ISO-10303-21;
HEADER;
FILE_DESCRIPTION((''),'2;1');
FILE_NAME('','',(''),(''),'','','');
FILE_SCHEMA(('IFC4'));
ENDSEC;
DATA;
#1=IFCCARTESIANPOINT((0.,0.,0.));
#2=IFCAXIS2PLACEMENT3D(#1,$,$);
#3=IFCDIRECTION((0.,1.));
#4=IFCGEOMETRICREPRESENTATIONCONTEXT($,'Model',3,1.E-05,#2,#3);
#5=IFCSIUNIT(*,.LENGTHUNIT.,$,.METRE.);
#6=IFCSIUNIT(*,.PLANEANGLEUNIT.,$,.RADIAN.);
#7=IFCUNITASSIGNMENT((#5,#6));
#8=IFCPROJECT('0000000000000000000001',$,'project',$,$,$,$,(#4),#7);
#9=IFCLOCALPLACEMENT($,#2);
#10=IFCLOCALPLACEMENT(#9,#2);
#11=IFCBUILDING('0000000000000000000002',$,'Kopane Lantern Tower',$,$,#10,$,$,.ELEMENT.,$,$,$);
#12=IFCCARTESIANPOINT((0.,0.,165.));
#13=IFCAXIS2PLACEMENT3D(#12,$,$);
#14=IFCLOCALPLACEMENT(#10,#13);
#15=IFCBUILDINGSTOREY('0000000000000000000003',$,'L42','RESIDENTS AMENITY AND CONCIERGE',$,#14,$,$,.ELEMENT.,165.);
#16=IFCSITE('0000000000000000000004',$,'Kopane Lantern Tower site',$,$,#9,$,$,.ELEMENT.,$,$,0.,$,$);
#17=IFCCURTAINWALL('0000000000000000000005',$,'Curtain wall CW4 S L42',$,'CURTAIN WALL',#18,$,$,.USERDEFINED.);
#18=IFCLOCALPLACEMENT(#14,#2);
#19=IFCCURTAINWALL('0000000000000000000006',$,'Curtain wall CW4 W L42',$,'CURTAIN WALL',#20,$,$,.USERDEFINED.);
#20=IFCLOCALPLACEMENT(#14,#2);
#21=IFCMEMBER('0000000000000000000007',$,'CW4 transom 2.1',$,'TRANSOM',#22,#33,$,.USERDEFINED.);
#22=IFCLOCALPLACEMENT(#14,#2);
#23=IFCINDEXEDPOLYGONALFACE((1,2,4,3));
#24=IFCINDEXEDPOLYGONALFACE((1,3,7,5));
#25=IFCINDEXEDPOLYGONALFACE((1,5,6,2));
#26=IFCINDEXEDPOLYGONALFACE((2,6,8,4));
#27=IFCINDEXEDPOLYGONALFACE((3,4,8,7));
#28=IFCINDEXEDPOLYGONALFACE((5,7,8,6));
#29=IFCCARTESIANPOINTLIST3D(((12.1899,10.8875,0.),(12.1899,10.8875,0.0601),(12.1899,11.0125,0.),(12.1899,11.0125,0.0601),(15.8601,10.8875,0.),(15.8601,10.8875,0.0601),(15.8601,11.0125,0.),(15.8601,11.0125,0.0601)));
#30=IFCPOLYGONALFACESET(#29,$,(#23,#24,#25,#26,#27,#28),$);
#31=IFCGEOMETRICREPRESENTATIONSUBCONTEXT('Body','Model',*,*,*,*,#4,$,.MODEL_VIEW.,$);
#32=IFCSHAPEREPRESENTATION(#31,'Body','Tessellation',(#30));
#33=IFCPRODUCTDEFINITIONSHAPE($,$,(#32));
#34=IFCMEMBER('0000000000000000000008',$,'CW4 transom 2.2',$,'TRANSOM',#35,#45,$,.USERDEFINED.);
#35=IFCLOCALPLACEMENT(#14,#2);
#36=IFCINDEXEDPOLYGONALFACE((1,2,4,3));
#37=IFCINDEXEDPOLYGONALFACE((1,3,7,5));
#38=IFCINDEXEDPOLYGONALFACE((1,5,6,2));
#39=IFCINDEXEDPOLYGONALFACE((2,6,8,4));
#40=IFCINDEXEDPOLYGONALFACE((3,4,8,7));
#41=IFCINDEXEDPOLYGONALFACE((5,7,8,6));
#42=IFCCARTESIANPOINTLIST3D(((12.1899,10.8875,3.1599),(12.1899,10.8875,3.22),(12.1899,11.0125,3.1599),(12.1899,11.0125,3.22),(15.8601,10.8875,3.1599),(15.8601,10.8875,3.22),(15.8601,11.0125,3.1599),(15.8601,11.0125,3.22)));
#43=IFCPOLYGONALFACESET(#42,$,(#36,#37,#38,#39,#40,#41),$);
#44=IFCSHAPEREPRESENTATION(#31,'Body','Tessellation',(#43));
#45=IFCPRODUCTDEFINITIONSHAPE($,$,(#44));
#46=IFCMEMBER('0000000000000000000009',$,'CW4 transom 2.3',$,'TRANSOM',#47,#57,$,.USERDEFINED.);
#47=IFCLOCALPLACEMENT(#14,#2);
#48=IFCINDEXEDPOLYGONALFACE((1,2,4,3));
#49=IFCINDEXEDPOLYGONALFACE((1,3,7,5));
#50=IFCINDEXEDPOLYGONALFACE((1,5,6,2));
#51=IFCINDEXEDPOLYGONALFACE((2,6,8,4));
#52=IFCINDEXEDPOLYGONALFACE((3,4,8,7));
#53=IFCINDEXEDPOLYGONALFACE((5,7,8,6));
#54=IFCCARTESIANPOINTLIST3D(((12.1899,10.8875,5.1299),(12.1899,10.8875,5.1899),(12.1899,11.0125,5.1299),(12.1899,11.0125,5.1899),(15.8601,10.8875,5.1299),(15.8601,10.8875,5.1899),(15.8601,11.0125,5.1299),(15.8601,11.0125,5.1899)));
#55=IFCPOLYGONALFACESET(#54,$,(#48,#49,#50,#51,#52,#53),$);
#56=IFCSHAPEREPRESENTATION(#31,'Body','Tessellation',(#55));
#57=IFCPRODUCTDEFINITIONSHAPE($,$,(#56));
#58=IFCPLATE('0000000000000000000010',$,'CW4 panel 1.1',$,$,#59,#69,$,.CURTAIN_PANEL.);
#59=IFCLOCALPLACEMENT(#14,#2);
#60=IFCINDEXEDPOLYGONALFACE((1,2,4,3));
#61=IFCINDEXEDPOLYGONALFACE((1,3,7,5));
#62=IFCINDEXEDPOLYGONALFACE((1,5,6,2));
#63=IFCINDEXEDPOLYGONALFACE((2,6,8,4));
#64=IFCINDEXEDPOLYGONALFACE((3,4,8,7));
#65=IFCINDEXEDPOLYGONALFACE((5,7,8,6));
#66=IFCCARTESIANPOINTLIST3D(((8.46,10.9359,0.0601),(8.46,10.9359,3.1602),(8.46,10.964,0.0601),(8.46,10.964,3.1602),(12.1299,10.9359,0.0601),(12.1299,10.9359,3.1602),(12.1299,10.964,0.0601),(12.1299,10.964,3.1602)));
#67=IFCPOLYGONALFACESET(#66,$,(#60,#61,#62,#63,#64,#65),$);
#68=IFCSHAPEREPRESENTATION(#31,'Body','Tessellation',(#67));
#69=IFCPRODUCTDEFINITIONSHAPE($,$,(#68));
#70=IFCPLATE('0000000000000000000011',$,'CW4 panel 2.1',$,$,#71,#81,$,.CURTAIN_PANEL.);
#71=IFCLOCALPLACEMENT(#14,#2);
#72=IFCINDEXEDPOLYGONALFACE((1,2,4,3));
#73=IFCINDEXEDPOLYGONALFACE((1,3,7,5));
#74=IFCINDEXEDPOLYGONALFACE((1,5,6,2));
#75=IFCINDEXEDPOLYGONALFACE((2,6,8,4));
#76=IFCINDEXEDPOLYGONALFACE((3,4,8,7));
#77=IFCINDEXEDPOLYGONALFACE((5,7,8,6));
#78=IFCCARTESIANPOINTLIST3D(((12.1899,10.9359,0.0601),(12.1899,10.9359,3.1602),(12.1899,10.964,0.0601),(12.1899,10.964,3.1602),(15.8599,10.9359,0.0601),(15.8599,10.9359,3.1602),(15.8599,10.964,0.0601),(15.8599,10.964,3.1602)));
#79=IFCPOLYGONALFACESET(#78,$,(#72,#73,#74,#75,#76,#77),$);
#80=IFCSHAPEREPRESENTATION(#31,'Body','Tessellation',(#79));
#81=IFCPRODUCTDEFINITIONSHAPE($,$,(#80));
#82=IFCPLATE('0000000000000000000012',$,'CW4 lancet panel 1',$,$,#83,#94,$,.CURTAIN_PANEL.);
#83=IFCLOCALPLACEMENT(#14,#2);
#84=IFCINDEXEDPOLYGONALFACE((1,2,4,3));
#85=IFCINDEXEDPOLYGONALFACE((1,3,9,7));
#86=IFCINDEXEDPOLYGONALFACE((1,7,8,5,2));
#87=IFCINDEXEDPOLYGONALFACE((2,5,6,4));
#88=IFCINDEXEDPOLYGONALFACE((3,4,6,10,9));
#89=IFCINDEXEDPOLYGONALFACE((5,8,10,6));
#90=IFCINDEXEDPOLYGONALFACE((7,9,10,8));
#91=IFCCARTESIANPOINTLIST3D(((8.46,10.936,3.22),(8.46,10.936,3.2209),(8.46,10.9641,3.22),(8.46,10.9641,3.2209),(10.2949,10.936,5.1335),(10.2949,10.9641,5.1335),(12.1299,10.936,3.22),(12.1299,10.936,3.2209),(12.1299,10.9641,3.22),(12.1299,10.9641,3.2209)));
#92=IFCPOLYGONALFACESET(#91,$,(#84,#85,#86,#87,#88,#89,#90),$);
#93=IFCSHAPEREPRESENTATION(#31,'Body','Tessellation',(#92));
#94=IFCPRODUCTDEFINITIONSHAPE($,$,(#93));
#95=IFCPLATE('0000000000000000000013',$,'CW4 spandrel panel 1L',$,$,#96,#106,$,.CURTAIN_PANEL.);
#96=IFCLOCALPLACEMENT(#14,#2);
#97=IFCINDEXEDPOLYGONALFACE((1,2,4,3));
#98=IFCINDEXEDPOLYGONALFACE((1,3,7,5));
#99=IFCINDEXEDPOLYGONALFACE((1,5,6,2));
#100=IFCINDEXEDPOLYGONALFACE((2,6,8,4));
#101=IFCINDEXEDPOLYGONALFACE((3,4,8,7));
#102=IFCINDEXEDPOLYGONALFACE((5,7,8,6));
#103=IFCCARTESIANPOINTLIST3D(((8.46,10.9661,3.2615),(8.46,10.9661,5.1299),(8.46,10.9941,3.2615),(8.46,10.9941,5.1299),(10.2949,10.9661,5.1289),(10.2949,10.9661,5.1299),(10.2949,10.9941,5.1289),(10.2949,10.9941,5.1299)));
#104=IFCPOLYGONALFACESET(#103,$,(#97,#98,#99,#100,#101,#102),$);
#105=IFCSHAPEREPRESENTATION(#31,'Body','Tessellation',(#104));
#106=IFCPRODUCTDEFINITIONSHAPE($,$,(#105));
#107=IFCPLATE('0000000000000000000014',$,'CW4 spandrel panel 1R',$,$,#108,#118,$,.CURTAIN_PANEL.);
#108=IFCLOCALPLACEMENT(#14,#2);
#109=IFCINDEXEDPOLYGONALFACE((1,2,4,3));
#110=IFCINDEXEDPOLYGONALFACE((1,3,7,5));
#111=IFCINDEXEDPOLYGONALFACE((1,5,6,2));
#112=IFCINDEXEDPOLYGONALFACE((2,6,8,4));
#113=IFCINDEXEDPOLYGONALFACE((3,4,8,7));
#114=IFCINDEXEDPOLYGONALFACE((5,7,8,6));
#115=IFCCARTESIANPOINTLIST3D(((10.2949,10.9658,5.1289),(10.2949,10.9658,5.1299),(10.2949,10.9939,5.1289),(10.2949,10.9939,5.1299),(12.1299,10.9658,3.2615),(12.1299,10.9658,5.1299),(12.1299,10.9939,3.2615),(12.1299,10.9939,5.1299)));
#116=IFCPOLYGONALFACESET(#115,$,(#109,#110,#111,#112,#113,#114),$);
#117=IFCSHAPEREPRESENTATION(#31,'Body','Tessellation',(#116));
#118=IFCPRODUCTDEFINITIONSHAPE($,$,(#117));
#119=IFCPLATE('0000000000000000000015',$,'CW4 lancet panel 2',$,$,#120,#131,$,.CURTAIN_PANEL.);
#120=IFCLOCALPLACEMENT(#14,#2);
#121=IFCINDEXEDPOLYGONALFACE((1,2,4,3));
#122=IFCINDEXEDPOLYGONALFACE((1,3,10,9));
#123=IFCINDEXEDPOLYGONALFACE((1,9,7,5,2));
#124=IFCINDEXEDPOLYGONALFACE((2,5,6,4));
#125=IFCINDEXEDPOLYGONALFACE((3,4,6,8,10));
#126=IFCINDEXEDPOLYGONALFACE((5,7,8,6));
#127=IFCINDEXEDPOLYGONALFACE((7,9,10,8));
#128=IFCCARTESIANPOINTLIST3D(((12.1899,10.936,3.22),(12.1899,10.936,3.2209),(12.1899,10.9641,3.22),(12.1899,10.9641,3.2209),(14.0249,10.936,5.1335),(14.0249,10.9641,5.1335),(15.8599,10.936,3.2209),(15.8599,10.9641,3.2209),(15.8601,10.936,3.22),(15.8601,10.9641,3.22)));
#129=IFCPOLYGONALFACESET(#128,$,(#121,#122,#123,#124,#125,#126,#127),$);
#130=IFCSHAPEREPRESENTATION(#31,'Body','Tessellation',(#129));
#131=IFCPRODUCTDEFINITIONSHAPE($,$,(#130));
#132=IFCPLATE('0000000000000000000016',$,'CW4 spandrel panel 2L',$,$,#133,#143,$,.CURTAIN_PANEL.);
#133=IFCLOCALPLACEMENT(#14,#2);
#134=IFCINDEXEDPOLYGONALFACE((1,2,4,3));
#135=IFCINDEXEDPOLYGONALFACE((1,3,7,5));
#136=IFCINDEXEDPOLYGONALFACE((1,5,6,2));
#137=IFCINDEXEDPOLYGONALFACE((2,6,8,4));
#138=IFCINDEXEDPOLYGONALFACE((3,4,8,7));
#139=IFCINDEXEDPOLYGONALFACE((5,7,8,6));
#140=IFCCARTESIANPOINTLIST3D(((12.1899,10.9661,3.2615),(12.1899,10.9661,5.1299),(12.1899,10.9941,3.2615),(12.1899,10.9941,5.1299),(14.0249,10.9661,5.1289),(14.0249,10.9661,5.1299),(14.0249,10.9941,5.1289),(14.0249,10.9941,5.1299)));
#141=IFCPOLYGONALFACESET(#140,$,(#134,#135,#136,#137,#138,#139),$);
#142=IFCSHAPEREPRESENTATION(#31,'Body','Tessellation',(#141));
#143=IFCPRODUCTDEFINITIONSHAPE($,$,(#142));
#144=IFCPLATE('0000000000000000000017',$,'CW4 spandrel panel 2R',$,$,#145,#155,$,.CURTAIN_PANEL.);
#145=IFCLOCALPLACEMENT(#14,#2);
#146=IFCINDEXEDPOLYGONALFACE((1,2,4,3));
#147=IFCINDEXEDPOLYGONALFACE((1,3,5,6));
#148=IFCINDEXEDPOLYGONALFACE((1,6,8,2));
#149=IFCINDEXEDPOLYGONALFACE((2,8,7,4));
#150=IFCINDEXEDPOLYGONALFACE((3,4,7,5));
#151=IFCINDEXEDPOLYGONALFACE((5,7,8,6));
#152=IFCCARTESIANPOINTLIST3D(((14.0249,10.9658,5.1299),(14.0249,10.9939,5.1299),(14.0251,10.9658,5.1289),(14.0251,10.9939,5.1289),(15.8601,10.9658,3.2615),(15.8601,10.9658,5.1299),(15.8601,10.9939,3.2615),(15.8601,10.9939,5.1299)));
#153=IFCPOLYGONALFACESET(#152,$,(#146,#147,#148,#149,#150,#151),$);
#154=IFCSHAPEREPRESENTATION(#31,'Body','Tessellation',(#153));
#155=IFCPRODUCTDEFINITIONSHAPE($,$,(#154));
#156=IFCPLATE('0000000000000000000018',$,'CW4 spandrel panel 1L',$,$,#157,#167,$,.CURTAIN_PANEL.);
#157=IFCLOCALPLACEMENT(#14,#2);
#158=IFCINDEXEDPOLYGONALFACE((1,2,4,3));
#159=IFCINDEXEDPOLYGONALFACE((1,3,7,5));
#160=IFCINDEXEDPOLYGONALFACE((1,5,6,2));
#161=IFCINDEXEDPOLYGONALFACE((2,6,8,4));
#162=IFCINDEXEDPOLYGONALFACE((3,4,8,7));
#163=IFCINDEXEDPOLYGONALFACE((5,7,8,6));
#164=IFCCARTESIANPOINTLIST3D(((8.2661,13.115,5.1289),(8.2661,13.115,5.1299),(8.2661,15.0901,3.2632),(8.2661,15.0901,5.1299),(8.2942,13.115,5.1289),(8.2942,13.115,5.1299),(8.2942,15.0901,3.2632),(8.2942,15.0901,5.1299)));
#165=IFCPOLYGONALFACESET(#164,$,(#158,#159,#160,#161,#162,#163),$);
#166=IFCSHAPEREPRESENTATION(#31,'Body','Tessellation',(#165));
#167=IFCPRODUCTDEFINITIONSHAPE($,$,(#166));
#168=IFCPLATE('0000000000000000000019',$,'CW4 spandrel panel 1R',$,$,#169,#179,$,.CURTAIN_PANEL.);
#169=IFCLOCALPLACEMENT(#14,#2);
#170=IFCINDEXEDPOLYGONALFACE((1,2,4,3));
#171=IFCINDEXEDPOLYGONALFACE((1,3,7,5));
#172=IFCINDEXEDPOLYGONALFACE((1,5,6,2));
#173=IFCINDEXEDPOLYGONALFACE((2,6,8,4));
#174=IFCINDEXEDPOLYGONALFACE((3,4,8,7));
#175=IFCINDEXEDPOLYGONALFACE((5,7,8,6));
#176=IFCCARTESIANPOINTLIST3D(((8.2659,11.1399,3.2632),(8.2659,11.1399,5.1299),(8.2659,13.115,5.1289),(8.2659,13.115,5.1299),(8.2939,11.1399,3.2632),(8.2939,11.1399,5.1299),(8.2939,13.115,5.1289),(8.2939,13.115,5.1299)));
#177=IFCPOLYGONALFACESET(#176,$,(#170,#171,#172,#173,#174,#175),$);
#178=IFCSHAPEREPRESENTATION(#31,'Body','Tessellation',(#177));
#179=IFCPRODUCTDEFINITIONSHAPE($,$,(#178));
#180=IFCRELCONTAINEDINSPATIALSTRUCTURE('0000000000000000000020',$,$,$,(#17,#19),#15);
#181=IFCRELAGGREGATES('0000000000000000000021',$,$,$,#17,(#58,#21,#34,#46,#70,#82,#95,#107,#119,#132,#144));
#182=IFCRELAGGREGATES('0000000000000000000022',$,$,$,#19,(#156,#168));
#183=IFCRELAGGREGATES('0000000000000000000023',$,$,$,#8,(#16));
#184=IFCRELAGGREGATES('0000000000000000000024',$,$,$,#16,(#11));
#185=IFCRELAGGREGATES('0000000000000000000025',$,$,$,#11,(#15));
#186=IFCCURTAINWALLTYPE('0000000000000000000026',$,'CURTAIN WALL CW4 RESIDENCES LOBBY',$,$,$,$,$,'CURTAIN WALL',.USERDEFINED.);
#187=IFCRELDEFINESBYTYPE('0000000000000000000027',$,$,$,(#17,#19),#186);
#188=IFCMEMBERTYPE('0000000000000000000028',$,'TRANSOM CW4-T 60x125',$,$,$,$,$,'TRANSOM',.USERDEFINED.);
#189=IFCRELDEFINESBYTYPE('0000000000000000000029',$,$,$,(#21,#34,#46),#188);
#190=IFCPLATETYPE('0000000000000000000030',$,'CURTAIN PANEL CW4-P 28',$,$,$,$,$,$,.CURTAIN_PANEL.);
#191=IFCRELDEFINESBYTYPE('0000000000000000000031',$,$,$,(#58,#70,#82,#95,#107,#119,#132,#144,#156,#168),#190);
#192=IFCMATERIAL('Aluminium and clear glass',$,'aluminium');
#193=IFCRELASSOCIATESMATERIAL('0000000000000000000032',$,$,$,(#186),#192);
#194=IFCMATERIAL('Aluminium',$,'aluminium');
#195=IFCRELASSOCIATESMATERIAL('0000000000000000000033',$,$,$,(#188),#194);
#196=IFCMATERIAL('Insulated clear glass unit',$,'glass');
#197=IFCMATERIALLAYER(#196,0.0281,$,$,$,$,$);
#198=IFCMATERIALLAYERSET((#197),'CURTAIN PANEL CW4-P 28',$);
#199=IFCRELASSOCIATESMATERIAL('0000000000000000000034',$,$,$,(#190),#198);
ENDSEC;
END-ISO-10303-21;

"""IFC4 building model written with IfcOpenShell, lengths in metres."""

from ifc_helpers import new_model, si_unit, direction, frame, origin, origin_2d, place, context, subcontext, project, spatial, polyline, rectangle, outline, extrude, material, layer, layer_set, material_profile, profile_set, type_object, element, aggregate, save


model = new_model("IFC4")

# Units and contexts
model_context = context("Model", 3, precision=1e-05, world=origin(), true_north=direction((0.0, 1.0)))
body_context = subcontext(model_context, "Body", "Model", "MODEL_VIEW")
ifc_project = project(units=[si_unit("LENGTHUNIT", "METRE"), si_unit("PLANEANGLEUNIT", "RADIAN")], contexts=[model_context])

# Site, building, storey
site_placement = place(None, origin())
site = spatial("IfcSite", under=ifc_project, at=site_placement, Name="Kopane Lantern Tower site", CompositionType="ELEMENT", RefElevation=0.0)
building_placement = place(site_placement, origin())
building = spatial("IfcBuilding", under=site, at=building_placement, Name="Kopane Lantern Tower", CompositionType="ELEMENT")
storey_placement = place(building_placement, frame((0.0, 0.0, 165.0)))
storey = spatial("IfcBuildingStorey", under=building, at=storey_placement, Name="L42", Description="RESIDENTS AMENITY AND CONCIERGE", CompositionType="ELEMENT", Elevation=165.0)

# Curtain wall
ifc_material_1 = material(Name="Aluminium and clear glass", Category="aluminium")
curtain_wall_type = type_object("IfcCurtainWallType", Name="CURTAIN WALL CW4 RESIDENCES LOBBY", ElementType="CURTAIN WALL", PredefinedType="USERDEFINED", material=ifc_material_1)
curtain_wall_1_placement = place(storey_placement, origin())
curtain_wall_1 = element("IfcCurtainWall", 1, at=curtain_wall_1_placement, inside=storey, type_object=curtain_wall_type, Name="Curtain wall CW4 S L42", ObjectType="CURTAIN WALL", PredefinedType="USERDEFINED")

# Curtain wall
curtain_wall_2_placement = place(storey_placement, origin())
curtain_wall_2 = element("IfcCurtainWall", 2, at=curtain_wall_2_placement, inside=storey, type_object=curtain_wall_type, Name="Curtain wall CW4 W L42", ObjectType="CURTAIN WALL", PredefinedType="USERDEFINED")

# Members
ifc_material_2 = material(Name="Aluminium", Category="aluminium")
ifc_material_profile_1 = material_profile(ifc_material_2, rectangle(XDim=0.125, YDim=0.0601, at=origin_2d()), Name="AL 125x60")
ifc_profile_set_1 = profile_set([ifc_material_profile_1], Name="Aluminium")
member_type_1 = type_object("IfcMemberType", Name="TRANSOM CW4-T 60x125", ElementType="TRANSOM", PredefinedType="USERDEFINED", material=ifc_profile_set_1)
member_1_placement = place(storey_placement, frame((12.1899, 10.95, 0.03), z_axis=(1.0, 0.0, 0.0), x_axis=(0.0, 1.0, 0.0)))
member_1 = element("IfcMember", 3, at=member_1_placement, type_object=member_type_1, Name="CW4 transom 2.1", ObjectType="TRANSOM", PredefinedType="USERDEFINED", context=body_context, shape_type="SweptSolid", body=[
    extrude(rectangle(XDim=0.125, YDim=0.0601, at=origin_2d()), origin(), (0.0, 0.0, 1.0), 3.6702),
])
member_2_placement = place(storey_placement, frame((12.1899, 10.95, 3.1899), z_axis=(1.0, 0.0, 0.0), x_axis=(0.0, 1.0, 0.0)))
member_2 = element("IfcMember", 4, at=member_2_placement, type_object=member_type_1, Name="CW4 transom 2.2", ObjectType="TRANSOM", PredefinedType="USERDEFINED", context=body_context, shape_type="SweptSolid", body=[
    extrude(rectangle(XDim=0.125, YDim=0.0601, at=origin_2d()), origin(), (0.0, 0.0, 1.0), 3.6702),
])
member_3_placement = place(storey_placement, frame((12.1899, 10.95, 5.1599), z_axis=(1.0, 0.0, 0.0), x_axis=(0.0, 1.0, 0.0)))
member_3 = element("IfcMember", 5, at=member_3_placement, type_object=member_type_1, Name="CW4 transom 2.3", ObjectType="TRANSOM", PredefinedType="USERDEFINED", context=body_context, shape_type="SweptSolid", body=[
    extrude(rectangle(XDim=0.125, YDim=0.0601, at=origin_2d()), origin(), (0.0, 0.0, 1.0), 3.6702),
])

# Plates
ifc_material_3 = material(Name="Insulated clear glass unit", Category="glass")
ifc_layer_1 = layer(ifc_material_3, 0.0281)
ifc_layer_set_1 = layer_set([ifc_layer_1], Name="CURTAIN PANEL CW4-P 28")
plate_type = type_object("IfcPlateType", Name="CURTAIN PANEL CW4-P 28", PredefinedType="CURTAIN_PANEL", material=ifc_layer_set_1)
plate_1_placement = place(storey_placement, frame((10.2949, 10.95, 0.0601), z_axis=(0.0, 0.0, 1.0), x_axis=(1.0, 0.0, 0.0)))
plate_1 = element("IfcPlate", 6, at=plate_1_placement, type_object=plate_type, Name="CW4 panel 1.1", PredefinedType="CURTAIN_PANEL", context=body_context, shape_type="SweptSolid", body=[
    extrude(rectangle(XDim=3.6699, YDim=0.0281, at=origin_2d()), origin(), (0.0, 0.0, 1.0), 3.1001),
])
plate_2_placement = place(storey_placement, frame((14.0249, 10.95, 0.0601), z_axis=(0.0, 0.0, 1.0), x_axis=(1.0, 0.0, 0.0)))
plate_2 = element("IfcPlate", 7, at=plate_2_placement, type_object=plate_type, Name="CW4 panel 2.1", PredefinedType="CURTAIN_PANEL", context=body_context, shape_type="SweptSolid", body=[
    extrude(rectangle(XDim=3.6699, YDim=0.0281, at=origin_2d()), origin(), (0.0, 0.0, 1.0), 3.1001),
])
plate_3_placement = place(storey_placement, frame((8.46, 10.95, 3.22), z_axis=(0.0, 0.0, 1.0), x_axis=(1.0, 0.0, 0.0)))
plate_3 = element("IfcPlate", 8, at=plate_3_placement, type_object=plate_type, Name="CW4 lancet panel 1", PredefinedType="CURTAIN_PANEL", context=body_context, shape_type="SweptSolid", body=[
    extrude(outline(polyline([(0.0, 0.0), (3.6699, 0.0), (3.6699, 0.001), (1.835, 1.9136), (0.0, 0.001), (0.0, 0.0)])), frame((0.0, 0.0142, 0.0), z_axis=(0.0, -1.0, 0.0), x_axis=(1.0, 0.0, 0.0)), (0.0, 0.0, 1.0), 0.0281),
])
plate_4_placement = place(storey_placement, frame((8.46, 10.98, 5.1299), z_axis=(0.0, 0.0, 1.0), x_axis=(1.0, 0.0, 0.0)))
plate_4 = element("IfcPlate", 9, at=plate_4_placement, type_object=plate_type, Name="CW4 spandrel panel 1L", PredefinedType="CURTAIN_PANEL", context=body_context, shape_type="SweptSolid", body=[
    extrude(outline(polyline([(0.0, 0.0), (1.835, 0.0), (1.835, -0.001), (0.0, -1.8684), (0.0, 0.0)])), frame((0.0, 0.0142, 0.0), z_axis=(0.0, -1.0, 0.0), x_axis=(1.0, 0.0, 0.0)), (0.0, 0.0, 1.0), 0.0281),
])
plate_5_placement = place(storey_placement, frame((12.1299, 10.98, 5.1299), z_axis=(0.0, 0.0, 1.0), x_axis=(-1.0, 0.0, 0.0)))
plate_5 = element("IfcPlate", 10, at=plate_5_placement, type_object=plate_type, Name="CW4 spandrel panel 1R", PredefinedType="CURTAIN_PANEL", context=body_context, shape_type="SweptSolid", body=[
    extrude(outline(polyline([(0.0, 0.0), (1.835, 0.0), (1.835, -0.001), (0.0, -1.8684), (0.0, 0.0)])), frame((0.0, 0.0142, 0.0), z_axis=(0.0, -1.0, 0.0), x_axis=(1.0, 0.0, 0.0)), (0.0, 0.0, 1.0), 0.0281),
])
plate_6_placement = place(storey_placement, frame((12.1899, 10.95, 3.22), z_axis=(0.0, 0.0, 1.0), x_axis=(1.0, 0.0, 0.0)))
plate_6 = element("IfcPlate", 11, at=plate_6_placement, type_object=plate_type, Name="CW4 lancet panel 2", PredefinedType="CURTAIN_PANEL", context=body_context, shape_type="SweptSolid", body=[
    extrude(outline(polyline([(0.0, 0.0), (3.6702, 0.0), (3.6699, 0.001), (1.835, 1.9136), (0.0, 0.001), (0.0, 0.0)])), frame((0.0, 0.0142, 0.0), z_axis=(0.0, -1.0, 0.0), x_axis=(1.0, 0.0, 0.0)), (0.0, 0.0, 1.0), 0.0281),
])
plate_7_placement = place(storey_placement, frame((12.1899, 10.98, 5.1299), z_axis=(0.0, 0.0, 1.0), x_axis=(1.0, 0.0, 0.0)))
plate_7 = element("IfcPlate", 12, at=plate_7_placement, type_object=plate_type, Name="CW4 spandrel panel 2L", PredefinedType="CURTAIN_PANEL", context=body_context, shape_type="SweptSolid", body=[
    extrude(outline(polyline([(0.0, 0.0), (1.835, 0.0), (1.835, -0.001), (0.0, -1.8684), (0.0, 0.0)])), frame((0.0, 0.0142, 0.0), z_axis=(0.0, -1.0, 0.0), x_axis=(1.0, 0.0, 0.0)), (0.0, 0.0, 1.0), 0.0281),
])
plate_8_placement = place(storey_placement, frame((15.8601, 10.98, 5.1299), z_axis=(0.0, 0.0, 1.0), x_axis=(-1.0, 0.0, 0.0)))
plate_8 = element("IfcPlate", 13, at=plate_8_placement, type_object=plate_type, Name="CW4 spandrel panel 2R", PredefinedType="CURTAIN_PANEL", context=body_context, shape_type="SweptSolid", body=[
    extrude(outline(polyline([(0.0, 0.0), (1.8352, 0.0), (1.835, -0.001), (0.0, -1.8684), (0.0, 0.0)])), frame((0.0, 0.0142, 0.0), z_axis=(0.0, -1.0, 0.0), x_axis=(1.0, 0.0, 0.0)), (0.0, 0.0, 1.0), 0.0281),
])
aggregate(curtain_wall_1, [plate_1, member_1, member_2, member_3, plate_2, plate_3, plate_4, plate_5, plate_6, plate_7, plate_8])
plate_9_placement = place(storey_placement, frame((8.28, 15.0901, 5.1299), z_axis=(0.0, 0.0, 1.0), x_axis=(0.0, -1.0, 0.0)))
plate_9 = element("IfcPlate", 14, at=plate_9_placement, type_object=plate_type, Name="CW4 spandrel panel 1L", PredefinedType="CURTAIN_PANEL", context=body_context, shape_type="SweptSolid", body=[
    extrude(outline(polyline([(0.0, 0.0), (1.9751, 0.0), (1.9751, -0.001), (0.0, -1.8667), (0.0, 0.0)])), frame((0.0, 0.0142, 0.0), z_axis=(0.0, -1.0, 0.0), x_axis=(1.0, 0.0, 0.0)), (0.0, 0.0, 1.0), 0.0281),
])
plate_10_placement = place(storey_placement, frame((8.28, 11.1399, 5.1299), z_axis=(0.0, 0.0, 1.0), x_axis=(0.0, 1.0, 0.0)))
plate_10 = element("IfcPlate", 15, at=plate_10_placement, type_object=plate_type, Name="CW4 spandrel panel 1R", PredefinedType="CURTAIN_PANEL", context=body_context, shape_type="SweptSolid", body=[
    extrude(outline(polyline([(0.0, 0.0), (1.9751, 0.0), (1.9751, -0.001), (0.0, -1.8667), (0.0, 0.0)])), frame((0.0, 0.0142, 0.0), z_axis=(0.0, -1.0, 0.0), x_axis=(1.0, 0.0, 0.0)), (0.0, 0.0, 1.0), 0.0281),
])
aggregate(curtain_wall_2, [plate_9, plate_10])

save(model, "model.ifc")
